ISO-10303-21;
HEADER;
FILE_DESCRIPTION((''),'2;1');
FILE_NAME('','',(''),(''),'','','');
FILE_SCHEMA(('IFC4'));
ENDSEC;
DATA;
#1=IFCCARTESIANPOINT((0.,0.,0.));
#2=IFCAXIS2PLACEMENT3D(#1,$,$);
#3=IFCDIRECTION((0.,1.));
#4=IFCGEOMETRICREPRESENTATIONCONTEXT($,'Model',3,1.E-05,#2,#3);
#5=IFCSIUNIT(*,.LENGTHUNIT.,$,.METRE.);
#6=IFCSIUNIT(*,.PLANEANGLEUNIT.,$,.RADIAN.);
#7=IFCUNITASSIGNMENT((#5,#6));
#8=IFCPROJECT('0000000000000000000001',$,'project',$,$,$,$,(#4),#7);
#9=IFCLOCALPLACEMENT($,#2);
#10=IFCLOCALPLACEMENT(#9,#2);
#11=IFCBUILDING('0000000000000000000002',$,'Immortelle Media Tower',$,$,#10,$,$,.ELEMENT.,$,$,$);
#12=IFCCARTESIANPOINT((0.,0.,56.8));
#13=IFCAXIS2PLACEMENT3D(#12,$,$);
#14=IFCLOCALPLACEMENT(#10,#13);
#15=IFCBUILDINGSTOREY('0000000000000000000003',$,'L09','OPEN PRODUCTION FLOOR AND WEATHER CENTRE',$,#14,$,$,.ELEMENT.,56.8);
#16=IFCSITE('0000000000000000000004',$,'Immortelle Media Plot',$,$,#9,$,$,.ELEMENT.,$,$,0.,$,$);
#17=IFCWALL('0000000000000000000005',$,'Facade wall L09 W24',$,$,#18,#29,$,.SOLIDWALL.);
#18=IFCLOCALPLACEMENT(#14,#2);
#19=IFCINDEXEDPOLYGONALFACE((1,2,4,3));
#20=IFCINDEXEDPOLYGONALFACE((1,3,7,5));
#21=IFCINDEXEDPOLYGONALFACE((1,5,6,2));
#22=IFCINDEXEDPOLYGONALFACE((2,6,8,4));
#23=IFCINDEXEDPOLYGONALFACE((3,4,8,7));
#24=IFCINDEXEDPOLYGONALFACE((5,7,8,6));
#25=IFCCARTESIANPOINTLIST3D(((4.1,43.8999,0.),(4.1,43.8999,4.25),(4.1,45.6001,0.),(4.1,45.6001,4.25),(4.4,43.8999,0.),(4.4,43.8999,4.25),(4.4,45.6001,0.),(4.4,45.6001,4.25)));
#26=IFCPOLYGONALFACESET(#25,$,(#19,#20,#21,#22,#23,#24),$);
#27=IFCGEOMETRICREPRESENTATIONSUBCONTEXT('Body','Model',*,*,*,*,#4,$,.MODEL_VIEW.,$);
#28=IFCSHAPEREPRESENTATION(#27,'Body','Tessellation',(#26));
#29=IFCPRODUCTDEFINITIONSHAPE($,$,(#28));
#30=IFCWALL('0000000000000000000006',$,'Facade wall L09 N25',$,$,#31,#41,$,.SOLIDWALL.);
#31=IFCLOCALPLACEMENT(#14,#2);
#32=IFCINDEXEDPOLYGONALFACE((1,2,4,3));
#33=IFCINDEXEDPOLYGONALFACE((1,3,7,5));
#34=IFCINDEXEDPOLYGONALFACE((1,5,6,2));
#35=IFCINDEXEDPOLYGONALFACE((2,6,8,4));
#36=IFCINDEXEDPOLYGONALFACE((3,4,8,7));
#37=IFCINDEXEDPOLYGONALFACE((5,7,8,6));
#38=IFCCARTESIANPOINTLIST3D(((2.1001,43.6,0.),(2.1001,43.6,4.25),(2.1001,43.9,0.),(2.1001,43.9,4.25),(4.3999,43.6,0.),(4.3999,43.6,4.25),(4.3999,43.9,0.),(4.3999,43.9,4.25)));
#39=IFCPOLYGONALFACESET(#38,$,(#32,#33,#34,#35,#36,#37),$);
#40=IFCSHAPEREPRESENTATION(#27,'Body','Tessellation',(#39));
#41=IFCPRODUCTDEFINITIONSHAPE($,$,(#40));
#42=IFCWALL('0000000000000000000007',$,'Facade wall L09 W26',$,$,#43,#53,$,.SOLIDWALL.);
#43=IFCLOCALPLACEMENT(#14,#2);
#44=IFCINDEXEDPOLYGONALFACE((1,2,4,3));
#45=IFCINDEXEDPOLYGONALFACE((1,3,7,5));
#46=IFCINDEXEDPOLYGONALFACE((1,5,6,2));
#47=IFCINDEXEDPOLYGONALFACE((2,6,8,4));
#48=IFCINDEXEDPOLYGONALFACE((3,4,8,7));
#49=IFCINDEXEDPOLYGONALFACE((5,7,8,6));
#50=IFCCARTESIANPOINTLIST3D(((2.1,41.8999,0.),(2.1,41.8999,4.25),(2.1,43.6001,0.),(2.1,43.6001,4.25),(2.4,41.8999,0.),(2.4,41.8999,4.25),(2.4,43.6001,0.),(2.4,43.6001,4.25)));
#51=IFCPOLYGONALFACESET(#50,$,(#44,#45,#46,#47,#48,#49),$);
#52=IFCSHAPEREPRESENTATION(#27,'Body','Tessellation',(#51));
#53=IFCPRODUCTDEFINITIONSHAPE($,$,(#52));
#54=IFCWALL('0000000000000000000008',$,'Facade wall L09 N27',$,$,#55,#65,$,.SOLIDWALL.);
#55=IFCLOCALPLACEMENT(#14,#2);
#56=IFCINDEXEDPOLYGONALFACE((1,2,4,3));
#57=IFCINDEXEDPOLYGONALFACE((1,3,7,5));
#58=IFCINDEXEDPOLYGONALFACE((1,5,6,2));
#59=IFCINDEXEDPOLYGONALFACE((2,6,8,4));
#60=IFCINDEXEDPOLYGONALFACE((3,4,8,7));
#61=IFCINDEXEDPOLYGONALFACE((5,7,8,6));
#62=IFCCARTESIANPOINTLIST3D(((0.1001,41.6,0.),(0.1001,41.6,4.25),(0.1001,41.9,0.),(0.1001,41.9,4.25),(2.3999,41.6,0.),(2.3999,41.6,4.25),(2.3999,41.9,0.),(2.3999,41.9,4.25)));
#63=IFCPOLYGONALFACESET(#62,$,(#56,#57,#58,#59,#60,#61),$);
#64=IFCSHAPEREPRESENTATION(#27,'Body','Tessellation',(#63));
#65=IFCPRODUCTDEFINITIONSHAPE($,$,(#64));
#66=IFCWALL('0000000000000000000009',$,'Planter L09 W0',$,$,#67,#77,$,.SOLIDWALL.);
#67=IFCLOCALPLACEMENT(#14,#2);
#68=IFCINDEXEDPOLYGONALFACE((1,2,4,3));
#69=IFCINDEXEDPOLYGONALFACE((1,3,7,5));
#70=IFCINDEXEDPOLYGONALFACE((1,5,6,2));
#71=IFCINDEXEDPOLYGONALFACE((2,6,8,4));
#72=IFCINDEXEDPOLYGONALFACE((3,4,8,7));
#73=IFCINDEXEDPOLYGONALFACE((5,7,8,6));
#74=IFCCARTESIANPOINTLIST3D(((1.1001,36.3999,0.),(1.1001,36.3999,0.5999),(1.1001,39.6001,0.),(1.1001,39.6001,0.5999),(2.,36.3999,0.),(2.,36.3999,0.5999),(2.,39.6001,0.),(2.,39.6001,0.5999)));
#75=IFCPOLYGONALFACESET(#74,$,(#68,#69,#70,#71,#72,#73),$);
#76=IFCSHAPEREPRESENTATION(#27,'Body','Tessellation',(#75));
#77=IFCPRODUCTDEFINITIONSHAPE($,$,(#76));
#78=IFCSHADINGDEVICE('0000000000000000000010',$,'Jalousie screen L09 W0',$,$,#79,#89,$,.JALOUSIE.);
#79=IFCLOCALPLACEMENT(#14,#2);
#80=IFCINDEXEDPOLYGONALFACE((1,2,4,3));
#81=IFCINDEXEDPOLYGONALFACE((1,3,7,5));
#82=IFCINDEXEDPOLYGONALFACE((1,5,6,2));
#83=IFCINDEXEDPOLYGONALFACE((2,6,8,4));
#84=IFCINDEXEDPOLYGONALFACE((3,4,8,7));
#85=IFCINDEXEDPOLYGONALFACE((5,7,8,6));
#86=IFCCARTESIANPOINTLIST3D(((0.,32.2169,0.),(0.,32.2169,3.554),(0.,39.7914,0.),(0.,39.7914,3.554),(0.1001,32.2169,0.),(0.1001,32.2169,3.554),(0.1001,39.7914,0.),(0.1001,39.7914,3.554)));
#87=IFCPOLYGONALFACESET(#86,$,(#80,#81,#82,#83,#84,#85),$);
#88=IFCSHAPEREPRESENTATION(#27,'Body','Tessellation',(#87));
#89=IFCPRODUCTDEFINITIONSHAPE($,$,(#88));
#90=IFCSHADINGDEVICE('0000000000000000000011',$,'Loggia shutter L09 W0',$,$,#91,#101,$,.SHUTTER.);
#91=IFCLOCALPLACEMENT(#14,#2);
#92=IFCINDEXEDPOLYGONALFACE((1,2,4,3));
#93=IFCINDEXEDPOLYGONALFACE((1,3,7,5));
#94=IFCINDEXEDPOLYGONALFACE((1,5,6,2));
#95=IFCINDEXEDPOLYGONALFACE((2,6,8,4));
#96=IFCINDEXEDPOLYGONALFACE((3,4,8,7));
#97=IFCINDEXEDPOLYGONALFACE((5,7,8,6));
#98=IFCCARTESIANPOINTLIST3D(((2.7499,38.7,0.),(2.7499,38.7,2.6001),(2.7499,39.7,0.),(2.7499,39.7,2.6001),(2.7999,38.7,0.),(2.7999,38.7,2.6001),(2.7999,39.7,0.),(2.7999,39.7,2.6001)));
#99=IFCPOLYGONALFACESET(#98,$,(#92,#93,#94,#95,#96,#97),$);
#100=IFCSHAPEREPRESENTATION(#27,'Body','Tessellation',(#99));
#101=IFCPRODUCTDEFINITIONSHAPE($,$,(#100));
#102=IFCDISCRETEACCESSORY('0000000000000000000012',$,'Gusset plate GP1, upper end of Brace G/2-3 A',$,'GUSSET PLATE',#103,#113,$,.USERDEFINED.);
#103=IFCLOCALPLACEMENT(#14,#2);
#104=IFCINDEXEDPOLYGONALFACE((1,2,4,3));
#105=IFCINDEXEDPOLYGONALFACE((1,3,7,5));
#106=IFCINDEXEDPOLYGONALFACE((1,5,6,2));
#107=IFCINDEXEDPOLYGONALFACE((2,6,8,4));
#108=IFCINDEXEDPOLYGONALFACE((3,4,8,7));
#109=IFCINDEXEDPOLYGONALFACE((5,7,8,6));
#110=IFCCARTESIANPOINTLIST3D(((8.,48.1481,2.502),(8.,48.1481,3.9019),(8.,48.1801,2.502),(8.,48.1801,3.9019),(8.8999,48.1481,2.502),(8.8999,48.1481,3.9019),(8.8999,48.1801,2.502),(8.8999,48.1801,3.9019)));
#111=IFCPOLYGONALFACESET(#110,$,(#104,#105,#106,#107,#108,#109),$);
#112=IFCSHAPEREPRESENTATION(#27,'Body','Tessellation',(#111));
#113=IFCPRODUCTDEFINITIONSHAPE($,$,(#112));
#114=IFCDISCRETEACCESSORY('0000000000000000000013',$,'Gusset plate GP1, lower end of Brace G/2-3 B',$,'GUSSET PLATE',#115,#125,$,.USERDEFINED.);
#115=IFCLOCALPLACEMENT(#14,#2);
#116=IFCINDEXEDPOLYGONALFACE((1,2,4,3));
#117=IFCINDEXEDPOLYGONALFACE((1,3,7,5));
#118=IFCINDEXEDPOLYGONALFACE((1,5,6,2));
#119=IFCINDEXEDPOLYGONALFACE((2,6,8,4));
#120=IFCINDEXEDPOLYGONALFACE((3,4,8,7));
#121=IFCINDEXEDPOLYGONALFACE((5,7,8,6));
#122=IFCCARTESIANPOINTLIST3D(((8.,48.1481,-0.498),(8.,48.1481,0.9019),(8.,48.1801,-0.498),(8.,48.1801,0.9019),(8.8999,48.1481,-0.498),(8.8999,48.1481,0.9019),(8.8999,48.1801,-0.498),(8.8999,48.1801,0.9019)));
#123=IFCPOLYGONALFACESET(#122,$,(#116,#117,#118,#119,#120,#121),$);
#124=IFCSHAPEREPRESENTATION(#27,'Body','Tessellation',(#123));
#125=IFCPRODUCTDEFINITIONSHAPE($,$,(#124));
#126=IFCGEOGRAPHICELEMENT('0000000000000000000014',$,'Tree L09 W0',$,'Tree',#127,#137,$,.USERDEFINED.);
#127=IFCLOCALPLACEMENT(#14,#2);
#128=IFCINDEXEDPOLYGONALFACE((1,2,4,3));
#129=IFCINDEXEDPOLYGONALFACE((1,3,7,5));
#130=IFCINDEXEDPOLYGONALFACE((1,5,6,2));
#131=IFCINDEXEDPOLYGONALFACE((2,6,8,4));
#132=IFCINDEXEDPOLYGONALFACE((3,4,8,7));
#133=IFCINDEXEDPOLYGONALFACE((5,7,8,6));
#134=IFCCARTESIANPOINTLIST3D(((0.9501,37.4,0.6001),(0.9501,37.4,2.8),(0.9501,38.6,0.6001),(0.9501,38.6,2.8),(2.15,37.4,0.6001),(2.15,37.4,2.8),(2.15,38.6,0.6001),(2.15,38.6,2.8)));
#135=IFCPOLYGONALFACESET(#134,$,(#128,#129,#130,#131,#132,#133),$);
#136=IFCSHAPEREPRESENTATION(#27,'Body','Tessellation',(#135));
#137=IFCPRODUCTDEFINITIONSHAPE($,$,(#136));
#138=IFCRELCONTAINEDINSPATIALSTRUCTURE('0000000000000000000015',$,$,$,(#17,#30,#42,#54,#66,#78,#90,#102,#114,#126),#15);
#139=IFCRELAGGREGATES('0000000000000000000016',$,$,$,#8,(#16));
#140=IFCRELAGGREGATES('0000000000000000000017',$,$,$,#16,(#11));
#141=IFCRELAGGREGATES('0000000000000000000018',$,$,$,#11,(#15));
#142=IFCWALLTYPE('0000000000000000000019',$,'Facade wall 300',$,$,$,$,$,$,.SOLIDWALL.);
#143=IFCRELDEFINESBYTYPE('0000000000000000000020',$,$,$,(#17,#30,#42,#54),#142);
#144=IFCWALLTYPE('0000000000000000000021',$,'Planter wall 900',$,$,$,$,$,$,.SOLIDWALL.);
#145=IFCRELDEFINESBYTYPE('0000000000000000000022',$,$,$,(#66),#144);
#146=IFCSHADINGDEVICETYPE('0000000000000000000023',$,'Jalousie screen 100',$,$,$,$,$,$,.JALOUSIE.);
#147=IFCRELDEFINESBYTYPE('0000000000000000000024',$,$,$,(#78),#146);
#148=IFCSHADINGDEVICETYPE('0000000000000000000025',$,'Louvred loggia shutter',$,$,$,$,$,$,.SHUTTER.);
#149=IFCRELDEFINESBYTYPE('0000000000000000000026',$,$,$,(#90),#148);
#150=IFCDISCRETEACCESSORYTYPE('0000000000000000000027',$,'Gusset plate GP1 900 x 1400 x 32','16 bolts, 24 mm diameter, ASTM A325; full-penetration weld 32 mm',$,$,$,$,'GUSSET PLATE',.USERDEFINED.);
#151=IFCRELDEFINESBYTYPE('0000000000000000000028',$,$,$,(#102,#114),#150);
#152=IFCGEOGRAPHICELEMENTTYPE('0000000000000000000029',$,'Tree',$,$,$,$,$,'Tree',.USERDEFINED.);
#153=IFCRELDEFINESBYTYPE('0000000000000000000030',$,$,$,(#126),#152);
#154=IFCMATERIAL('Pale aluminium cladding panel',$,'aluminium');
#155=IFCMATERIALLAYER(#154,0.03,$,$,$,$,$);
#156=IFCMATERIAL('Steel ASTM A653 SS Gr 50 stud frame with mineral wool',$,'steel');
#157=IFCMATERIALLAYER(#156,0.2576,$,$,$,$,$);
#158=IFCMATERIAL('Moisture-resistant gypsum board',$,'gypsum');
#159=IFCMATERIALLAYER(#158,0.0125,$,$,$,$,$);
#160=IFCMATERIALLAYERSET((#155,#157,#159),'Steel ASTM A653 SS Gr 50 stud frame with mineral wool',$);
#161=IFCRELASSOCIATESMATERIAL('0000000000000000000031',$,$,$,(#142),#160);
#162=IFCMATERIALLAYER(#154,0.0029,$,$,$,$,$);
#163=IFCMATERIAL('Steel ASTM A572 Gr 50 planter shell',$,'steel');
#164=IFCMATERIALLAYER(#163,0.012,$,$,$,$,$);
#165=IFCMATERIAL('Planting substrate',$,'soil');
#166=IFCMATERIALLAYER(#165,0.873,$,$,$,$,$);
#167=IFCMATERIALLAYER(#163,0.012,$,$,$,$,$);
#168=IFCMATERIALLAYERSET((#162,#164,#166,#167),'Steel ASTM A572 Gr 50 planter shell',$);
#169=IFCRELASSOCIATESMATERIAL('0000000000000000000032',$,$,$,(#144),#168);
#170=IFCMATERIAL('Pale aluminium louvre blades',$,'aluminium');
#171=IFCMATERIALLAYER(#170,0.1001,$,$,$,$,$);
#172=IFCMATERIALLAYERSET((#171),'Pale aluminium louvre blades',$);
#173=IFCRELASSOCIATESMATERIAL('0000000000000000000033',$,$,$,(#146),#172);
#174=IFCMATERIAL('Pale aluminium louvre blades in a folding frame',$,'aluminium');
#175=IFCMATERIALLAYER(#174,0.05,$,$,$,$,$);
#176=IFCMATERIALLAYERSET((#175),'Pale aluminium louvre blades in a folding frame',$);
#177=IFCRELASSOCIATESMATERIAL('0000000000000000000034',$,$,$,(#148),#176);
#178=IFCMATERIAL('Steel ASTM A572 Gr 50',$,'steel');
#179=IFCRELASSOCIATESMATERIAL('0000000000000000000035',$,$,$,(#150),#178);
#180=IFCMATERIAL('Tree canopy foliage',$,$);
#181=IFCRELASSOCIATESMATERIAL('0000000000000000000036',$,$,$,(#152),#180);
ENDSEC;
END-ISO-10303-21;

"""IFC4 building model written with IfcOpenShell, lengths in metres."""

from ifc_helpers import new_model, si_unit, direction, frame, frame_2d, origin, origin_2d, place, context, subcontext, project, spatial, rectangle, extrude, material, layer, layer_set, material_profile, profile_set, type_object, element, save


model = new_model("IFC4")

# Units and contexts
model_context = context("Model", 3, precision=1e-05, world=origin(), true_north=direction((0.0, 1.0)))
body_context = subcontext(model_context, "Body", "Model", "MODEL_VIEW")
ifc_project = project(units=[si_unit("LENGTHUNIT", "METRE"), si_unit("PLANEANGLEUNIT", "RADIAN")], contexts=[model_context])

# Site, building, storey
site_placement = place(None, origin())
site = spatial("IfcSite", under=ifc_project, at=site_placement, Name="Immortelle Media Plot", CompositionType="ELEMENT", RefElevation=0.0)
building_placement = place(site_placement, origin())
building = spatial("IfcBuilding", under=site, at=building_placement, Name="Immortelle Media Tower", CompositionType="ELEMENT")
storey_placement = place(building_placement, frame((0.0, 0.0, 56.8)))
storey = spatial("IfcBuildingStorey", under=building, at=storey_placement, Name="L09", Description="OPEN PRODUCTION FLOOR AND WEATHER CENTRE", CompositionType="ELEMENT", Elevation=56.8)

# Shared definitions
ifc_material_1 = material(Name="Pale aluminium cladding panel", Category="aluminium")
ifc_layer_1 = layer(ifc_material_1, 0.03)
ifc_material_2 = material(Name="Steel ASTM A653 SS Gr 50 stud frame with mineral wool", Category="steel")
ifc_layer_2 = layer(ifc_material_2, 0.2576)
ifc_material_3 = material(Name="Moisture-resistant gypsum board", Category="gypsum")
ifc_layer_3 = layer(ifc_material_3, 0.0125)
ifc_layer_set_1 = layer_set([ifc_layer_1, ifc_layer_2, ifc_layer_3], Name="Steel ASTM A653 SS Gr 50 stud frame with mineral wool")
wall_type_1 = type_object("IfcWallType", Name="Facade wall 300", PredefinedType="SOLIDWALL", material=ifc_layer_set_1)

# Walls
wall_1_placement = place(storey_placement, frame((4.25, 45.6001, 0.0), z_axis=(0.0, 0.0, 1.0), x_axis=(0.0, -1.0, 0.0)))
element("IfcWall", 1, at=wall_1_placement, inside=storey, type_object=wall_type_1, Name="Facade wall L09 W24", PredefinedType="SOLIDWALL", context=body_context, shape_type="SweptSolid", body=[
    extrude(rectangle(XDim=1.7002, YDim=0.3, at=frame_2d((0.8501, 0.0))), origin(), (0.0, 0.0, 1.0), 4.25),
])
wall_2_placement = place(storey_placement, frame((4.3999, 43.75, 0.0), z_axis=(0.0, 0.0, 1.0), x_axis=(-1.0, 0.0, 0.0)))
element("IfcWall", 2, at=wall_2_placement, inside=storey, type_object=wall_type_1, Name="Facade wall L09 N25", PredefinedType="SOLIDWALL", context=body_context, shape_type="SweptSolid", body=[
    extrude(rectangle(XDim=2.2998, YDim=0.3, at=frame_2d((1.1499, 0.0))), origin(), (0.0, 0.0, 1.0), 4.25),
])
wall_3_placement = place(storey_placement, frame((2.25, 43.6001, 0.0), z_axis=(0.0, 0.0, 1.0), x_axis=(0.0, -1.0, 0.0)))
element("IfcWall", 3, at=wall_3_placement, inside=storey, type_object=wall_type_1, Name="Facade wall L09 W26", PredefinedType="SOLIDWALL", context=body_context, shape_type="SweptSolid", body=[
    extrude(rectangle(XDim=1.7002, YDim=0.3, at=frame_2d((0.8501, 0.0))), origin(), (0.0, 0.0, 1.0), 4.25),
])
wall_4_placement = place(storey_placement, frame((2.3999, 41.75, 0.0), z_axis=(0.0, 0.0, 1.0), x_axis=(-1.0, 0.0, 0.0)))
element("IfcWall", 4, at=wall_4_placement, inside=storey, type_object=wall_type_1, Name="Facade wall L09 N27", PredefinedType="SOLIDWALL", context=body_context, shape_type="SweptSolid", body=[
    extrude(rectangle(XDim=2.2998, YDim=0.3, at=frame_2d((1.1499, 0.0))), origin(), (0.0, 0.0, 1.0), 4.25),
])
ifc_layer_4 = layer(ifc_material_1, 0.0029)
ifc_material_4 = material(Name="Steel ASTM A572 Gr 50 planter shell", Category="steel")
ifc_layer_5 = layer(ifc_material_4, 0.012)
ifc_material_5 = material(Name="Planting substrate", Category="soil")
ifc_layer_6 = layer(ifc_material_5, 0.873)
ifc_layer_7 = layer(ifc_material_4, 0.012)
ifc_layer_set_2 = layer_set([ifc_layer_4, ifc_layer_5, ifc_layer_6, ifc_layer_7], Name="Steel ASTM A572 Gr 50 planter shell")
wall_type_2 = type_object("IfcWallType", Name="Planter wall 900", PredefinedType="SOLIDWALL", material=ifc_layer_set_2)
wall_5_placement = place(storey_placement, frame((1.55, 39.6001, 0.0), z_axis=(0.0, 0.0, 1.0), x_axis=(0.0, -1.0, 0.0)))
element("IfcWall", 5, at=wall_5_placement, inside=storey, type_object=wall_type_2, Name="Planter L09 W0", PredefinedType="SOLIDWALL", context=body_context, shape_type="SweptSolid", body=[
    extrude(rectangle(XDim=3.2002, YDim=0.8999, at=frame_2d((1.6001, 0.0))), origin(), (0.0, 0.0, 1.0), 0.5999),
])

# Shading devices
ifc_material_6 = material(Name="Pale aluminium louvre blades", Category="aluminium")
ifc_layer_8 = layer(ifc_material_6, 0.1001)
ifc_layer_set_3 = layer_set([ifc_layer_8], Name="Pale aluminium louvre blades")
shading_device_type_1 = type_object("IfcShadingDeviceType", Name="Jalousie screen 100", PredefinedType="JALOUSIE", material=ifc_layer_set_3)
shading_device_1_placement = place(storey_placement, frame((0.05, 36.0042, 0.0), z_axis=(0.0, 0.0, 1.0), x_axis=(0.0, -1.0, 0.0)))
element("IfcShadingDevice", 6, at=shading_device_1_placement, inside=storey, type_object=shading_device_type_1, Name="Jalousie screen L09 W0", PredefinedType="JALOUSIE", context=body_context, shape_type="SweptSolid", body=[
    extrude(rectangle(XDim=7.5745, YDim=0.1001, at=origin_2d()), origin(), (0.0, 0.0, 1.0), 3.554),
])
ifc_material_7 = material(Name="Pale aluminium louvre blades in a folding frame", Category="aluminium")
ifc_layer_9 = layer(ifc_material_7, 0.05)
ifc_layer_set_4 = layer_set([ifc_layer_9], Name="Pale aluminium louvre blades in a folding frame")
shading_device_type_2 = type_object("IfcShadingDeviceType", Name="Louvred loggia shutter", PredefinedType="SHUTTER", material=ifc_layer_set_4)
shading_device_2_placement = place(storey_placement, frame((2.7749, 39.2, 0.0), z_axis=(0.0, 0.0, 1.0), x_axis=(0.0, -1.0, 0.0)))
element("IfcShadingDevice", 7, at=shading_device_2_placement, inside=storey, type_object=shading_device_type_2, Name="Loggia shutter L09 W0", PredefinedType="SHUTTER", context=body_context, shape_type="SweptSolid", body=[
    extrude(rectangle(XDim=1.0, YDim=0.05, at=origin_2d()), origin(), (0.0, 0.0, 1.0), 2.6001),
])

# Discrete accessories
ifc_material_8 = material(Name="Steel ASTM A572 Gr 50", Category="steel")
ifc_material_profile_1 = material_profile(ifc_material_8, rectangle(XDim=0.032, YDim=1.3999, at=origin_2d()), Name="PL 32 x 1400")
ifc_profile_set_1 = profile_set([ifc_material_profile_1], Name="Steel ASTM A572 Gr 50")
discrete_accessory_type = type_object("IfcDiscreteAccessoryType", Name="Gusset plate GP1 900 x 1400 x 32", Description="16 bolts, 24 mm diameter, ASTM A325; full-penetration weld 32 mm", ElementType="GUSSET PLATE", PredefinedType="USERDEFINED", material=ifc_profile_set_1)
for number, where, z_axis, x_axis, name in (
    (8, (8.0, 48.1641, 3.2019), (1.0, 0.0, 0.0), (0.0, 1.0, 0.0), "Gusset plate GP1, upper end of Brace G/2-3 A"),
    (9, (8.0, 48.1641, 0.2019), (1.0, 0.0, 0.0), (0.0, 1.0, 0.0), "Gusset plate GP1, lower end of Brace G/2-3 B"),
):
    element("IfcDiscreteAccessory", number, at=place(storey_placement, frame(where, z_axis=z_axis, x_axis=x_axis)), inside=storey, type_object=discrete_accessory_type, Name=name, ObjectType="GUSSET PLATE", PredefinedType="USERDEFINED", context=body_context, shape_type="SweptSolid", body=[
        extrude(rectangle(XDim=0.032, YDim=1.3999, at=origin_2d()), origin(), (0.0, 0.0, 1.0), 0.8999),
    ])

# Geographic element
ifc_material_9 = material(Name="Tree canopy foliage")
geographic_element_type = type_object("IfcGeographicElementType", Name="Tree", ElementType="Tree", PredefinedType="USERDEFINED", material=ifc_material_9)
geographic_element_placement = place(storey_placement, frame((1.55, 38.0, 0.6001), z_axis=(0.0, 0.0, 1.0), x_axis=(1.0, 0.0, 0.0)))
element("IfcGeographicElement", 10, at=geographic_element_placement, inside=storey, type_object=geographic_element_type, Name="Tree L09 W0", ObjectType="Tree", PredefinedType="USERDEFINED", context=body_context, shape_type="SweptSolid", body=[
    extrude(rectangle(XDim=1.2, YDim=1.2, at=origin_2d()), origin(), (0.0, 0.0, 1.0), 2.2),
])

save(model, "model.ifc")
